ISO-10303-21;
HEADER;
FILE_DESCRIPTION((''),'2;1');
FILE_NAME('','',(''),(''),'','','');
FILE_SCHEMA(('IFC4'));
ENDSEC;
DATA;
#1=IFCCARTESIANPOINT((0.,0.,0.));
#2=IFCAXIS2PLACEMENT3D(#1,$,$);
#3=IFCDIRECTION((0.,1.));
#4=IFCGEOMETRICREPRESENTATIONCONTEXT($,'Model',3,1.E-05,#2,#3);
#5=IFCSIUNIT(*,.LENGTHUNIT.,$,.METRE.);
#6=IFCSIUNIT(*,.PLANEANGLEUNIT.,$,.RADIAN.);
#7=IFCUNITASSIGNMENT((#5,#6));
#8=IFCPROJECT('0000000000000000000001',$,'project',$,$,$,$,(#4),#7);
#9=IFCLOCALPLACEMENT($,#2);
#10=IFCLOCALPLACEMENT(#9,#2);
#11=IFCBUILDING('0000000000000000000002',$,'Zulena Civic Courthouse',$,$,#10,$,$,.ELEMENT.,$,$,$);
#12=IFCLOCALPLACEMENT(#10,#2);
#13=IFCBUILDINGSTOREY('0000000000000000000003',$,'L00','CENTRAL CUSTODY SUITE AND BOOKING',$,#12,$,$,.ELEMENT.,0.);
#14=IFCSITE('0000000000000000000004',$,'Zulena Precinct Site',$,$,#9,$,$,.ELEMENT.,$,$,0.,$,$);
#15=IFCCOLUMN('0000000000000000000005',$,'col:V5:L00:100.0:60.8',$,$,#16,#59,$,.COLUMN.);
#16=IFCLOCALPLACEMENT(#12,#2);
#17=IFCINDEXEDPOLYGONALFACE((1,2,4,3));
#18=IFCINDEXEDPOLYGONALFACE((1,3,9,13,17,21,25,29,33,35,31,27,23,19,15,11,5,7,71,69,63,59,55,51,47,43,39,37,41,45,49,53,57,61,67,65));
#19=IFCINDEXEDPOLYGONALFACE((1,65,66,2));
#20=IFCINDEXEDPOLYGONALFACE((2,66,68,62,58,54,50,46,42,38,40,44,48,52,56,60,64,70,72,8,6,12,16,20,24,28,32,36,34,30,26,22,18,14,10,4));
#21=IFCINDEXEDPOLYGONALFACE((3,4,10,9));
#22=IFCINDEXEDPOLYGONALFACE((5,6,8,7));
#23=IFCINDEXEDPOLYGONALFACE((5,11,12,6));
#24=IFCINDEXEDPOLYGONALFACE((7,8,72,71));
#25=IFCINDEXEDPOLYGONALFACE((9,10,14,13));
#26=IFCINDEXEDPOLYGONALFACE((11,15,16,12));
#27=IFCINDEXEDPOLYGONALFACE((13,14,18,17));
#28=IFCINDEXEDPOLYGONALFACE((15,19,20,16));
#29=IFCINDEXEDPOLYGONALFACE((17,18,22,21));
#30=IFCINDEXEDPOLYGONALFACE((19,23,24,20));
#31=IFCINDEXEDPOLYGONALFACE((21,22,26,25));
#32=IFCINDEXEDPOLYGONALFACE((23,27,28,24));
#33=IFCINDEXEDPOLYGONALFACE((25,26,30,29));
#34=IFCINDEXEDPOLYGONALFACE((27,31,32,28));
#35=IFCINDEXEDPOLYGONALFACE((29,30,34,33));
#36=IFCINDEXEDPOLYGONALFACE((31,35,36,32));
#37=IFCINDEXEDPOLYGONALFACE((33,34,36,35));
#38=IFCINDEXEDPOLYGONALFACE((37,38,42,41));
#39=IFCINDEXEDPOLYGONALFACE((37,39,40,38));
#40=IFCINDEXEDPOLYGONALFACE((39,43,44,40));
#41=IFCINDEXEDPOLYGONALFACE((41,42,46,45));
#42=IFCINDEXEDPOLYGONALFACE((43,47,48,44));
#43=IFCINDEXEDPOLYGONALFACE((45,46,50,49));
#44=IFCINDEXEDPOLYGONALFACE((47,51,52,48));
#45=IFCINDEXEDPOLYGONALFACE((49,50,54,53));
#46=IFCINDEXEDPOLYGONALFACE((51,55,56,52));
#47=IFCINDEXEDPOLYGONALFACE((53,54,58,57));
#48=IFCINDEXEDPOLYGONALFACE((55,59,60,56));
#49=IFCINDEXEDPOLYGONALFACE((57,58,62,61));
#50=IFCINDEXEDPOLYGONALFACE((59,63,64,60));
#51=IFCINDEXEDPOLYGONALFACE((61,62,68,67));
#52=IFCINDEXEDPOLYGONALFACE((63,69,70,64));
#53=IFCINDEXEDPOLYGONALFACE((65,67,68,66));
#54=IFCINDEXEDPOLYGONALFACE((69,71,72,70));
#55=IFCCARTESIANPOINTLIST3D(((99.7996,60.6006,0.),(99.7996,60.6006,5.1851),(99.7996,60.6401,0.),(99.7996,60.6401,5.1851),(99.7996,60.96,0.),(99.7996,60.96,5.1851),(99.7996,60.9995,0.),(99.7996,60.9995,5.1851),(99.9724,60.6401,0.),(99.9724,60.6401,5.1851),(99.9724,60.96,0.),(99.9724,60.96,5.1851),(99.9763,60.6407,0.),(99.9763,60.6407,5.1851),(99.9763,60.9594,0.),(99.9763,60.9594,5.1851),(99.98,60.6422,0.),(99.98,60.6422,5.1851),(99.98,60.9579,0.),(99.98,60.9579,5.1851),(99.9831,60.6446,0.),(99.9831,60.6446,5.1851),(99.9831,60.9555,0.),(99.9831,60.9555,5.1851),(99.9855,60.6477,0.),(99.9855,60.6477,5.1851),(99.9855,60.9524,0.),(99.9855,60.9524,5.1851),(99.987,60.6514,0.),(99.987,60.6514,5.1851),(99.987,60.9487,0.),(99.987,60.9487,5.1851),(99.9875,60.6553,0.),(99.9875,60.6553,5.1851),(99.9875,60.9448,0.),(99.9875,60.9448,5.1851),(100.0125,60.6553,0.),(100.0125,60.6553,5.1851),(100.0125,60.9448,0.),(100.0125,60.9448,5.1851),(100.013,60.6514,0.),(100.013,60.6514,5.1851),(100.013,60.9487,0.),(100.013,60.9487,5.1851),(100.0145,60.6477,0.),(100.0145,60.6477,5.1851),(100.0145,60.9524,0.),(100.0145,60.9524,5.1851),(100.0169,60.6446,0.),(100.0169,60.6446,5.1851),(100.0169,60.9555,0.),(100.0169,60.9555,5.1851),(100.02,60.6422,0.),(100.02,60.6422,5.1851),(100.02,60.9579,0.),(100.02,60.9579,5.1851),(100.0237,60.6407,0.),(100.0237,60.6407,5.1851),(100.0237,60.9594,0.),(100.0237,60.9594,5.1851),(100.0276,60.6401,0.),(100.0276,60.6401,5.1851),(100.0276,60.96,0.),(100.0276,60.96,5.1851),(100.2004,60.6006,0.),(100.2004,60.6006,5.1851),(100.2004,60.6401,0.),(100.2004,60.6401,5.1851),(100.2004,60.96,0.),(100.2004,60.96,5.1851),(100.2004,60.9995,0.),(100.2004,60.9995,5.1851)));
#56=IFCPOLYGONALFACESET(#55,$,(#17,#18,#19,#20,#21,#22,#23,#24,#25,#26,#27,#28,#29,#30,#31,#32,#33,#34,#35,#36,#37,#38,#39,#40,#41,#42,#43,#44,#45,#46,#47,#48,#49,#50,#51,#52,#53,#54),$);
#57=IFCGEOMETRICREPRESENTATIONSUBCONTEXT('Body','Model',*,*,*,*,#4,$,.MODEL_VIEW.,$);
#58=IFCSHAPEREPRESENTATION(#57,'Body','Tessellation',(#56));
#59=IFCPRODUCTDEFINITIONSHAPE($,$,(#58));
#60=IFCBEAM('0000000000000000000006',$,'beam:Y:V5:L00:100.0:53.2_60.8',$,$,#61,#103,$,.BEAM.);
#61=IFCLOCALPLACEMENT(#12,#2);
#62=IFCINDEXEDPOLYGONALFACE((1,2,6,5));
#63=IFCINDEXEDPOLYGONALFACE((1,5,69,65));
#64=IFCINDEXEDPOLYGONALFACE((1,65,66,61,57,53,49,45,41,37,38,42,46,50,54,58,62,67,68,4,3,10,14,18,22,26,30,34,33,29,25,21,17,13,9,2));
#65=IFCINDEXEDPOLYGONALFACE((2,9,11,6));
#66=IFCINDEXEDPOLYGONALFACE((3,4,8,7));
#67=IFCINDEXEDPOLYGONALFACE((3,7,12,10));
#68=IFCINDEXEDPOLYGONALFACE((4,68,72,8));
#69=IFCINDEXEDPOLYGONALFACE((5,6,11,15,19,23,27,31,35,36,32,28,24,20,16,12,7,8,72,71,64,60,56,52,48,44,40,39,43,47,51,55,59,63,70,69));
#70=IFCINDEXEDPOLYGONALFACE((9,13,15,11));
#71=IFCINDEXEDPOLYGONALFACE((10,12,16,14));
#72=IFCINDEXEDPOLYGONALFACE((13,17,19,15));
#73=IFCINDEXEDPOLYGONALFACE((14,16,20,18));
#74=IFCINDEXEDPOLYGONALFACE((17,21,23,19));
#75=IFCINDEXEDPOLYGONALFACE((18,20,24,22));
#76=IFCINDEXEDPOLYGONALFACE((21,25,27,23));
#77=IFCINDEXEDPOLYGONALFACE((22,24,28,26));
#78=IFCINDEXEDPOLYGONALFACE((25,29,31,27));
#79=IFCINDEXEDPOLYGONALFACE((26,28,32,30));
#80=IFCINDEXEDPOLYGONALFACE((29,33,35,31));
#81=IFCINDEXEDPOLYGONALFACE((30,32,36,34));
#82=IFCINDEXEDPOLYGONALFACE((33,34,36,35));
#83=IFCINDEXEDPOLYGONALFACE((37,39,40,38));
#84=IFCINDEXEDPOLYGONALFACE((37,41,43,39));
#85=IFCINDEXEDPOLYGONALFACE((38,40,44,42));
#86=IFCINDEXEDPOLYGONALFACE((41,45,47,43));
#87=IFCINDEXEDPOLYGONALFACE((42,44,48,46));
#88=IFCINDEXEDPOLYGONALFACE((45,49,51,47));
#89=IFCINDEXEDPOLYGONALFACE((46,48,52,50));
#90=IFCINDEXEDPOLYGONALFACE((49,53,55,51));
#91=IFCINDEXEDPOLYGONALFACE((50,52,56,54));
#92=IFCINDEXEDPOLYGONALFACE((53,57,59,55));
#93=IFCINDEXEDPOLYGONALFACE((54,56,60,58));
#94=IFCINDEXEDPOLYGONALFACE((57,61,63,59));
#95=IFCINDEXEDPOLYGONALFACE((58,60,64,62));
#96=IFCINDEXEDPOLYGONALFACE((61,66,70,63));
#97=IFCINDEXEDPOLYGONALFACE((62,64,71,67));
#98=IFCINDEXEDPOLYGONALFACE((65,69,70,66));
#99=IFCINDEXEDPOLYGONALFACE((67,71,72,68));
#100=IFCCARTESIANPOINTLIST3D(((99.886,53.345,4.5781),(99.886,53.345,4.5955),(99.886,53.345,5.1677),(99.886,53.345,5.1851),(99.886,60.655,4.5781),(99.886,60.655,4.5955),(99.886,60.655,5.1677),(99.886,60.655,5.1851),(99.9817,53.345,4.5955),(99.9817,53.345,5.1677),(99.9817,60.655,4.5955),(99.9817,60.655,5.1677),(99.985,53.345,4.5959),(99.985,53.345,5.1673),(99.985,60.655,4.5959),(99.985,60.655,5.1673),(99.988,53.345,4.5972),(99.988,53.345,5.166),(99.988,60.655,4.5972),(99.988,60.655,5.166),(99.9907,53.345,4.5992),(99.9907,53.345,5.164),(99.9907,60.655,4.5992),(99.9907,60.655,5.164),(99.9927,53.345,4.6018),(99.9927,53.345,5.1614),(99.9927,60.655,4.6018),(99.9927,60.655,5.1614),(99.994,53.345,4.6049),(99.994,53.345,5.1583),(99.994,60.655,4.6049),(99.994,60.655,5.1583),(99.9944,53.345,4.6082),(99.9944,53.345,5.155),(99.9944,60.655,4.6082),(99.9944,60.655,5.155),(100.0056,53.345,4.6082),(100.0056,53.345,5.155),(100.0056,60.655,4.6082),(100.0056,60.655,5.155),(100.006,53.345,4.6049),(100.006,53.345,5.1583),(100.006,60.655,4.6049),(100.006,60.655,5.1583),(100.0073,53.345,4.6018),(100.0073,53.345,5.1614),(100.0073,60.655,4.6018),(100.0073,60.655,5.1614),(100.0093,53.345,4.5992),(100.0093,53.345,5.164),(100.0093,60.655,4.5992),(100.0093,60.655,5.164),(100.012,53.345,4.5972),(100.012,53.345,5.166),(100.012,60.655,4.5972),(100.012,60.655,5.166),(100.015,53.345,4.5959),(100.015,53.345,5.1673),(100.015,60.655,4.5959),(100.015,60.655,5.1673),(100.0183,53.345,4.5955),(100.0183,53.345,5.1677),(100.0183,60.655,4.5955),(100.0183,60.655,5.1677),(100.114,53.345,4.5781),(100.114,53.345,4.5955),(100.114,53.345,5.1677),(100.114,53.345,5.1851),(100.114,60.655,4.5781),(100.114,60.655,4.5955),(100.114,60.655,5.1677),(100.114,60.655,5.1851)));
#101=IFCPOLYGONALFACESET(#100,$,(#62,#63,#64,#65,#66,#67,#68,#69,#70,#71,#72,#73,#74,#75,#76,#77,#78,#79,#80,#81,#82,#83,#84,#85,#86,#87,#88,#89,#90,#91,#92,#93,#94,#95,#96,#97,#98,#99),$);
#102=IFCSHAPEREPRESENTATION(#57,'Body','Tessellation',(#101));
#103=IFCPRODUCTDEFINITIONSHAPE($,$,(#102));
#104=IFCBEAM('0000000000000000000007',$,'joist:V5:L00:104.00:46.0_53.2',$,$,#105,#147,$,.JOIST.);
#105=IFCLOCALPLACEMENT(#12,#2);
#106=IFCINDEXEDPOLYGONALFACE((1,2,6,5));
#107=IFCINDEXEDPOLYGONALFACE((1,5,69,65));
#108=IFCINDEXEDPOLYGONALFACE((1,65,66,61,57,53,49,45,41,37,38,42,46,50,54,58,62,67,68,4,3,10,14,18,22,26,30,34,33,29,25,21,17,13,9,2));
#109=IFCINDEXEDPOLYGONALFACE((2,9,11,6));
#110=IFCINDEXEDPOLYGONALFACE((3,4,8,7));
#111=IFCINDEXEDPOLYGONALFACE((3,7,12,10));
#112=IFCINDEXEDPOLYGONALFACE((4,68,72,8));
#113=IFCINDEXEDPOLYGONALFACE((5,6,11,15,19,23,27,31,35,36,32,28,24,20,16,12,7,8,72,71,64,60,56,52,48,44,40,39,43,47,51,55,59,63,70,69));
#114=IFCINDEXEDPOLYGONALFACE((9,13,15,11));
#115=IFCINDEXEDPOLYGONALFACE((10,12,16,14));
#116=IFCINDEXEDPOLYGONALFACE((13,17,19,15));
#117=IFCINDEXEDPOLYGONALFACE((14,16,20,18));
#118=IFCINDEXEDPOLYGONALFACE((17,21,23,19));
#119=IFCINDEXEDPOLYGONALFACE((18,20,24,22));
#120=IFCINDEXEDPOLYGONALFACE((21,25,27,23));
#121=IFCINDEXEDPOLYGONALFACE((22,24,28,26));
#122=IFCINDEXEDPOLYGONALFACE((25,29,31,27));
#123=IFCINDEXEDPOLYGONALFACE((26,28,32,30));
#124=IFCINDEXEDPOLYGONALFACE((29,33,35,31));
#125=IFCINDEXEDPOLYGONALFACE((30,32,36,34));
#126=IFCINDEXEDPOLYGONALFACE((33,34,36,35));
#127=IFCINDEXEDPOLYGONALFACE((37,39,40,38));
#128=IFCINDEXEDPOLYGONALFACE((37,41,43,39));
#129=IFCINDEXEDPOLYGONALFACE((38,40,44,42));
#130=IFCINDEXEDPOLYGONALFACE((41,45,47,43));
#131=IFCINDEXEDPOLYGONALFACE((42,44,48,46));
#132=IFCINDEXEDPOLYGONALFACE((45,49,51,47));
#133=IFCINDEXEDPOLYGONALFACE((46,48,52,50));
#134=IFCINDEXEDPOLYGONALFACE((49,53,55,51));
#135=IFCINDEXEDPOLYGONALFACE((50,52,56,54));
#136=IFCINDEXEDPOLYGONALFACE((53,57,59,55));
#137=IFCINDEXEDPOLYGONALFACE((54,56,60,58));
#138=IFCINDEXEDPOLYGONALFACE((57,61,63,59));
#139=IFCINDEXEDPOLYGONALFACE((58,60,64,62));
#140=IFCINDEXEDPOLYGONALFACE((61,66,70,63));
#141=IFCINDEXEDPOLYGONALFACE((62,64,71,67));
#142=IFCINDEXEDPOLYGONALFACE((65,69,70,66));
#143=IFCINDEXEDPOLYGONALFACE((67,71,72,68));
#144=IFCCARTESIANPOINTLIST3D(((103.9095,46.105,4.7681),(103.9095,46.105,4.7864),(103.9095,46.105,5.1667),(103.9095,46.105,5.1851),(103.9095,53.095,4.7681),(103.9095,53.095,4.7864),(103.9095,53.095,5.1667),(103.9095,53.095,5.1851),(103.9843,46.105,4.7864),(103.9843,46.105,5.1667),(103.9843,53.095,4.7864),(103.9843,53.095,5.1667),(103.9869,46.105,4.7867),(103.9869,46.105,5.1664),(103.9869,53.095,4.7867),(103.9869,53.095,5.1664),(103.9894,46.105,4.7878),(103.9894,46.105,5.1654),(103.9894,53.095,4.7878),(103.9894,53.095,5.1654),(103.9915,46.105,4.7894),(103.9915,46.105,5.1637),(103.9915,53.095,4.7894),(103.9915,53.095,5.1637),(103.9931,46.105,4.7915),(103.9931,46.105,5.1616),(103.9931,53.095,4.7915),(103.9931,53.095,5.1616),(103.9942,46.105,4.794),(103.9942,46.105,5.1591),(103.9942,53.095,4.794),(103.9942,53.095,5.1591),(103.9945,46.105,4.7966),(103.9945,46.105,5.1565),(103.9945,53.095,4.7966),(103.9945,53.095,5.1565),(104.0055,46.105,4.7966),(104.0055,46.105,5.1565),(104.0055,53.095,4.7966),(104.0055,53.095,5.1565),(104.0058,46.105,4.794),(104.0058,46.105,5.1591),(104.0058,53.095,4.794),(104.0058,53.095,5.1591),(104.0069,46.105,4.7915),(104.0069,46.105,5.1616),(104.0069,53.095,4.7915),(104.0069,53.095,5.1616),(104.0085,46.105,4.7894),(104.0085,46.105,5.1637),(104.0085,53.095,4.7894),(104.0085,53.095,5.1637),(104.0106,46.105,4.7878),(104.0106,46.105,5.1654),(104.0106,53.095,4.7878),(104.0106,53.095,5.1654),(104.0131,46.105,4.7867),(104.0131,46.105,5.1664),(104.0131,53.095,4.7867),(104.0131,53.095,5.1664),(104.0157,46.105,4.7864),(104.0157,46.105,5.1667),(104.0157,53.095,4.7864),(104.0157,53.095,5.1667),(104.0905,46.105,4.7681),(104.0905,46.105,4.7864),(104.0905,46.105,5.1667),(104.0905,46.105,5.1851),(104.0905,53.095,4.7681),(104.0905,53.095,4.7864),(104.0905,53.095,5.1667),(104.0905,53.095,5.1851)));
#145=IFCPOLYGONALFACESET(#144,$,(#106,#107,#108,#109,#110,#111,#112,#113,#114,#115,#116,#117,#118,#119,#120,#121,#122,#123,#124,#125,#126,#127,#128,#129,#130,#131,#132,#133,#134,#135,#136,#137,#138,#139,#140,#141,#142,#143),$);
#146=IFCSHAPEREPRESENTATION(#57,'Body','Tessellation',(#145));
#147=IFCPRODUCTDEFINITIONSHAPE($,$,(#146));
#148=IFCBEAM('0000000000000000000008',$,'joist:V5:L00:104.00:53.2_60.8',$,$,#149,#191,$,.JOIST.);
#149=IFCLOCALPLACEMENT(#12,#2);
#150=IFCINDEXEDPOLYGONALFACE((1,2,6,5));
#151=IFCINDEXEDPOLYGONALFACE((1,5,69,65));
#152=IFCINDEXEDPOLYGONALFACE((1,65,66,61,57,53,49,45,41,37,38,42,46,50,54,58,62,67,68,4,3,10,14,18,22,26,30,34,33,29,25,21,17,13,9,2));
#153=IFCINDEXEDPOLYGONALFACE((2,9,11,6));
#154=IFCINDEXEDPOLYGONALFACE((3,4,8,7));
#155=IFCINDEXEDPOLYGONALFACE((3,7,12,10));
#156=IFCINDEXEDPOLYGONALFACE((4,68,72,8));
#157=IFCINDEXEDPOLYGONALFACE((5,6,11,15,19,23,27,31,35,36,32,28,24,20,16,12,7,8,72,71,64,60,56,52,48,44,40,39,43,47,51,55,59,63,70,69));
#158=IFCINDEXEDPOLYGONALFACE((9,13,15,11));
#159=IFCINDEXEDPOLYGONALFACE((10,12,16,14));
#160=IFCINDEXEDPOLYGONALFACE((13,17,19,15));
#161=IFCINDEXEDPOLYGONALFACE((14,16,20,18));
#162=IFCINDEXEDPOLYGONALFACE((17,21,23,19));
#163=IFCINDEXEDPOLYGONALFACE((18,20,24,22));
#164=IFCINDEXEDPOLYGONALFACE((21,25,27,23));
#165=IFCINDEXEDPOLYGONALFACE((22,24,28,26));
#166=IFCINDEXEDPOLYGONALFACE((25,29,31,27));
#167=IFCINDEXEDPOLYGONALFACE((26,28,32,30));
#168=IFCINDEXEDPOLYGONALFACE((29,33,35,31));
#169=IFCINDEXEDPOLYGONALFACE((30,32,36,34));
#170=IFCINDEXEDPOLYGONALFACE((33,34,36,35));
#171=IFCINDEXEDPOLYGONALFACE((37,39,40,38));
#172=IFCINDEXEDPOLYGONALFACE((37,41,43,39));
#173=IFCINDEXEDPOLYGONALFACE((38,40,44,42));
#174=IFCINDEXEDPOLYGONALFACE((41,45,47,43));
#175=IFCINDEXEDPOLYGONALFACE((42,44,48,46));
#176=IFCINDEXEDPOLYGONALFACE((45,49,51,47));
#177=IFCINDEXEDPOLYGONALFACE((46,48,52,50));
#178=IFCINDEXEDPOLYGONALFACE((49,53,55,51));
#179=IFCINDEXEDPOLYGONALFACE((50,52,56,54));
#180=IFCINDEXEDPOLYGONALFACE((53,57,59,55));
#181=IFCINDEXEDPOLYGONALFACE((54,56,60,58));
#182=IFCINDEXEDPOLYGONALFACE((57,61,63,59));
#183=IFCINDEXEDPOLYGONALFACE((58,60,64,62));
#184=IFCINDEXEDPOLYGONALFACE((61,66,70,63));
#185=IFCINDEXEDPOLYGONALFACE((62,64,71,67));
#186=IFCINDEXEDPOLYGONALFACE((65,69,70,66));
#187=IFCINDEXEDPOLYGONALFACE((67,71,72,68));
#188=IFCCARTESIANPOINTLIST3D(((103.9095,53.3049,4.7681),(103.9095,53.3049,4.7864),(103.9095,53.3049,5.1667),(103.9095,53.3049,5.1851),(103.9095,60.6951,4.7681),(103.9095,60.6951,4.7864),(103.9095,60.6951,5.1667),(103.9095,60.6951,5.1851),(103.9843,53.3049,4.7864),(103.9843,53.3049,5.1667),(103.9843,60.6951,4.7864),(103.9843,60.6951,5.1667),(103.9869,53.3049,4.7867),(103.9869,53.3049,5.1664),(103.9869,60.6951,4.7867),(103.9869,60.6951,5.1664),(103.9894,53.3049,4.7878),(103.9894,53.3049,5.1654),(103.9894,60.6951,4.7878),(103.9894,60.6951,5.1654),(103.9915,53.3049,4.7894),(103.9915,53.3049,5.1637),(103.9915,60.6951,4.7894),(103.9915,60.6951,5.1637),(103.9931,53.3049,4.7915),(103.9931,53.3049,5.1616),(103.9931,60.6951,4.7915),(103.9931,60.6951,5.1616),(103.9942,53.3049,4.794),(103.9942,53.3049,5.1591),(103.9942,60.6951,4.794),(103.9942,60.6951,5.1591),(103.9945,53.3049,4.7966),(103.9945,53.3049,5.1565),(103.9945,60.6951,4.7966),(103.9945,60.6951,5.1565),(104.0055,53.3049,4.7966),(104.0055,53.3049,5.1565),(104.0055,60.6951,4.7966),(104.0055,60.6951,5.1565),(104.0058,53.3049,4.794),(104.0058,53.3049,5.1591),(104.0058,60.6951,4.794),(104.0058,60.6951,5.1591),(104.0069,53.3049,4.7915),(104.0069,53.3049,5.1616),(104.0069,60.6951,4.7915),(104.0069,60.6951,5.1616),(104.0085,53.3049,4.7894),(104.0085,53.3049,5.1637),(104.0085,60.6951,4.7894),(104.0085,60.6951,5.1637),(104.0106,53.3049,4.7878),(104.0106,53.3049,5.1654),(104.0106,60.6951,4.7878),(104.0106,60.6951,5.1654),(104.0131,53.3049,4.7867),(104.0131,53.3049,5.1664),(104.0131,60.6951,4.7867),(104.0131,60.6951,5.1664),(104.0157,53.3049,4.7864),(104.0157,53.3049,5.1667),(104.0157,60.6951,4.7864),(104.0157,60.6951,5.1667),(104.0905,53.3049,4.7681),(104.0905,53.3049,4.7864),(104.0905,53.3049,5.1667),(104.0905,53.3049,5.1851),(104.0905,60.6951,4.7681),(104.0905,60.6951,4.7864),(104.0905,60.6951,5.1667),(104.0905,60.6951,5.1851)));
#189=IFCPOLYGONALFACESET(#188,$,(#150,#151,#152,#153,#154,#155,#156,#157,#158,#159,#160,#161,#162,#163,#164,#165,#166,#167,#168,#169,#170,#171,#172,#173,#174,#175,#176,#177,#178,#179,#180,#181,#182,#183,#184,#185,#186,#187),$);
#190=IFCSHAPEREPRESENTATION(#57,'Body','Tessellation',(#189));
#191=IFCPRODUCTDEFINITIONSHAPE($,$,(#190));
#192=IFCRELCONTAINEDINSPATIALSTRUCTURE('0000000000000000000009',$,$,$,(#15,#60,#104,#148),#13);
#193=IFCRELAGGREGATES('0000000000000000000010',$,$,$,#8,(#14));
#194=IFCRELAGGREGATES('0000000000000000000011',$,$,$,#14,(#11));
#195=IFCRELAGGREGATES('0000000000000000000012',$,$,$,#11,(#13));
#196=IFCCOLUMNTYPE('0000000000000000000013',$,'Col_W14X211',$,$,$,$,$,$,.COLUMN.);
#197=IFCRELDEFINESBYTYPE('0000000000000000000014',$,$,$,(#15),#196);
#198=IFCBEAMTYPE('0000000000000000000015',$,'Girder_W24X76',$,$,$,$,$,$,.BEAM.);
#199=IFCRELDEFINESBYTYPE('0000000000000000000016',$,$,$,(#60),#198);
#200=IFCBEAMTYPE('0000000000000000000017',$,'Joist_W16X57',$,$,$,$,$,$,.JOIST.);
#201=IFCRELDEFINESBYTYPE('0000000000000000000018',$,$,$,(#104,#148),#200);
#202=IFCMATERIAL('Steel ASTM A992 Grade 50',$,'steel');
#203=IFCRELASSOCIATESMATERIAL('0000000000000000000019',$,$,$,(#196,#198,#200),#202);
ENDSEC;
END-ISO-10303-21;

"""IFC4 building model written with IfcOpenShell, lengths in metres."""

from ifc_helpers import new_model, si_unit, direction, frame, origin, origin_2d, place, context, subcontext, project, spatial, i_section, extrude, material, material_profile, profile_set, type_object, element, save


model = new_model("IFC4")

# Units and contexts
model_context = context("Model", 3, precision=1e-05, world=origin(), true_north=direction((0.0, 1.0)))
body_context = subcontext(model_context, "Body", "Model", "MODEL_VIEW")
ifc_project = project(units=[si_unit("LENGTHUNIT", "METRE"), si_unit("PLANEANGLEUNIT", "RADIAN")], contexts=[model_context])

# Site, building, storey
site_placement = place(None, origin())
site = spatial("IfcSite", under=ifc_project, at=site_placement, Name="Zulena Precinct Site", CompositionType="ELEMENT", RefElevation=0.0)
building_placement = place(site_placement, origin())
building = spatial("IfcBuilding", under=site, at=building_placement, Name="Zulena Civic Courthouse", CompositionType="ELEMENT")
storey_placement = place(building_placement, origin())
storey = spatial("IfcBuildingStorey", under=building, at=storey_placement, Name="L00", Description="CENTRAL CUSTODY SUITE AND BOOKING", CompositionType="ELEMENT", Elevation=0.0)

# Column
ifc_material_1 = material(Name="Steel ASTM A992 Grade 50", Category="steel")
ifc_material_profile_1 = material_profile(ifc_material_1, i_section(OverallWidth=0.4009, OverallDepth=0.3989, WebThickness=0.0249, FlangeThickness=0.0396, FilletRadius=0.0151, at=origin_2d()), Name="W14X211")
ifc_profile_set_1 = profile_set([ifc_material_profile_1], Name="Steel ASTM A992 Grade 50")
column_type_1 = type_object("IfcColumnType", Name="Col_W14X211", PredefinedType="COLUMN", material=ifc_profile_set_1)
for number, where, z_axis, x_axis, name in (
    (1, (100.0, 60.8, 0.0), (0.0, 0.0, 1.0), (1.0, 0.0, 0.0), "col:V5:L00:100.0:60.8"),
):
    element("IfcColumn", number, at=place(storey_placement, frame(where, z_axis=z_axis, x_axis=x_axis)), inside=storey, type_object=column_type_1, Name=name, PredefinedType="COLUMN", context=body_context, shape_type="SweptSolid", body=[
        extrude(i_section(OverallWidth=0.4009, OverallDepth=0.3989, WebThickness=0.0249, FlangeThickness=0.0396, FilletRadius=0.0151, at=origin_2d()), origin(), (0.0, 0.0, 1.0), 5.1851),
    ])

# Beams
ifc_material_profile_2 = material_profile(ifc_material_1, i_section(OverallWidth=0.228, OverallDepth=0.6069, WebThickness=0.0112, FlangeThickness=0.0173, FilletRadius=0.0127, at=origin_2d()), Name="W24X76")
ifc_profile_set_2 = profile_set([ifc_material_profile_2], Name="Steel ASTM A992 Grade 50")
beam_type_1 = type_object("IfcBeamType", Name="Girder_W24X76", PredefinedType="BEAM", material=ifc_profile_set_2)
beam_1_placement = place(storey_placement, frame((100.0, 53.345, 4.8816), z_axis=(0.0, 1.0, 0.0), x_axis=(-1.0, 0.0, 0.0)))
element("IfcBeam", 2, at=beam_1_placement, inside=storey, type_object=beam_type_1, Name="beam:Y:V5:L00:100.0:53.2_60.8", PredefinedType="BEAM", context=body_context, shape_type="SweptSolid", body=[
    extrude(i_section(OverallWidth=0.228, OverallDepth=0.6069, WebThickness=0.0112, FlangeThickness=0.0173, FilletRadius=0.0127, at=origin_2d()), origin(), (0.0, 0.0, 1.0), 7.3101),
])
ifc_material_profile_3 = material_profile(ifc_material_1, i_section(OverallWidth=0.1809, OverallDepth=0.417, WebThickness=0.011, FlangeThickness=0.0183, FilletRadius=0.0103, at=origin_2d()), Name="W16X57")
ifc_profile_set_3 = profile_set([ifc_material_profile_3], Name="Steel ASTM A992 Grade 50")
beam_type_2 = type_object("IfcBeamType", Name="Joist_W16X57", PredefinedType="JOIST", material=ifc_profile_set_3)
beam_2_placement = place(storey_placement, frame((104.0, 46.105, 4.9766), z_axis=(0.0, 1.0, 0.0), x_axis=(-1.0, 0.0, 0.0)))
element("IfcBeam", 3, at=beam_2_placement, inside=storey, type_object=beam_type_2, Name="joist:V5:L00:104.00:46.0_53.2", PredefinedType="JOIST", context=body_context, shape_type="SweptSolid", body=[
    extrude(i_section(OverallWidth=0.1809, OverallDepth=0.417, WebThickness=0.011, FlangeThickness=0.0183, FilletRadius=0.0103, at=origin_2d()), origin(), (0.0, 0.0, 1.0), 6.99),
])
beam_3_placement = place(storey_placement, frame((104.0, 53.3049, 4.9766), z_axis=(0.0, 1.0, 0.0), x_axis=(-1.0, 0.0, 0.0)))
element("IfcBeam", 4, at=beam_3_placement, inside=storey, type_object=beam_type_2, Name="joist:V5:L00:104.00:53.2_60.8", PredefinedType="JOIST", context=body_context, shape_type="SweptSolid", body=[
    extrude(i_section(OverallWidth=0.1809, OverallDepth=0.417, WebThickness=0.011, FlangeThickness=0.0183, FilletRadius=0.0103, at=origin_2d()), origin(), (0.0, 0.0, 1.0), 7.3901),
])

save(model, "model.ifc")
